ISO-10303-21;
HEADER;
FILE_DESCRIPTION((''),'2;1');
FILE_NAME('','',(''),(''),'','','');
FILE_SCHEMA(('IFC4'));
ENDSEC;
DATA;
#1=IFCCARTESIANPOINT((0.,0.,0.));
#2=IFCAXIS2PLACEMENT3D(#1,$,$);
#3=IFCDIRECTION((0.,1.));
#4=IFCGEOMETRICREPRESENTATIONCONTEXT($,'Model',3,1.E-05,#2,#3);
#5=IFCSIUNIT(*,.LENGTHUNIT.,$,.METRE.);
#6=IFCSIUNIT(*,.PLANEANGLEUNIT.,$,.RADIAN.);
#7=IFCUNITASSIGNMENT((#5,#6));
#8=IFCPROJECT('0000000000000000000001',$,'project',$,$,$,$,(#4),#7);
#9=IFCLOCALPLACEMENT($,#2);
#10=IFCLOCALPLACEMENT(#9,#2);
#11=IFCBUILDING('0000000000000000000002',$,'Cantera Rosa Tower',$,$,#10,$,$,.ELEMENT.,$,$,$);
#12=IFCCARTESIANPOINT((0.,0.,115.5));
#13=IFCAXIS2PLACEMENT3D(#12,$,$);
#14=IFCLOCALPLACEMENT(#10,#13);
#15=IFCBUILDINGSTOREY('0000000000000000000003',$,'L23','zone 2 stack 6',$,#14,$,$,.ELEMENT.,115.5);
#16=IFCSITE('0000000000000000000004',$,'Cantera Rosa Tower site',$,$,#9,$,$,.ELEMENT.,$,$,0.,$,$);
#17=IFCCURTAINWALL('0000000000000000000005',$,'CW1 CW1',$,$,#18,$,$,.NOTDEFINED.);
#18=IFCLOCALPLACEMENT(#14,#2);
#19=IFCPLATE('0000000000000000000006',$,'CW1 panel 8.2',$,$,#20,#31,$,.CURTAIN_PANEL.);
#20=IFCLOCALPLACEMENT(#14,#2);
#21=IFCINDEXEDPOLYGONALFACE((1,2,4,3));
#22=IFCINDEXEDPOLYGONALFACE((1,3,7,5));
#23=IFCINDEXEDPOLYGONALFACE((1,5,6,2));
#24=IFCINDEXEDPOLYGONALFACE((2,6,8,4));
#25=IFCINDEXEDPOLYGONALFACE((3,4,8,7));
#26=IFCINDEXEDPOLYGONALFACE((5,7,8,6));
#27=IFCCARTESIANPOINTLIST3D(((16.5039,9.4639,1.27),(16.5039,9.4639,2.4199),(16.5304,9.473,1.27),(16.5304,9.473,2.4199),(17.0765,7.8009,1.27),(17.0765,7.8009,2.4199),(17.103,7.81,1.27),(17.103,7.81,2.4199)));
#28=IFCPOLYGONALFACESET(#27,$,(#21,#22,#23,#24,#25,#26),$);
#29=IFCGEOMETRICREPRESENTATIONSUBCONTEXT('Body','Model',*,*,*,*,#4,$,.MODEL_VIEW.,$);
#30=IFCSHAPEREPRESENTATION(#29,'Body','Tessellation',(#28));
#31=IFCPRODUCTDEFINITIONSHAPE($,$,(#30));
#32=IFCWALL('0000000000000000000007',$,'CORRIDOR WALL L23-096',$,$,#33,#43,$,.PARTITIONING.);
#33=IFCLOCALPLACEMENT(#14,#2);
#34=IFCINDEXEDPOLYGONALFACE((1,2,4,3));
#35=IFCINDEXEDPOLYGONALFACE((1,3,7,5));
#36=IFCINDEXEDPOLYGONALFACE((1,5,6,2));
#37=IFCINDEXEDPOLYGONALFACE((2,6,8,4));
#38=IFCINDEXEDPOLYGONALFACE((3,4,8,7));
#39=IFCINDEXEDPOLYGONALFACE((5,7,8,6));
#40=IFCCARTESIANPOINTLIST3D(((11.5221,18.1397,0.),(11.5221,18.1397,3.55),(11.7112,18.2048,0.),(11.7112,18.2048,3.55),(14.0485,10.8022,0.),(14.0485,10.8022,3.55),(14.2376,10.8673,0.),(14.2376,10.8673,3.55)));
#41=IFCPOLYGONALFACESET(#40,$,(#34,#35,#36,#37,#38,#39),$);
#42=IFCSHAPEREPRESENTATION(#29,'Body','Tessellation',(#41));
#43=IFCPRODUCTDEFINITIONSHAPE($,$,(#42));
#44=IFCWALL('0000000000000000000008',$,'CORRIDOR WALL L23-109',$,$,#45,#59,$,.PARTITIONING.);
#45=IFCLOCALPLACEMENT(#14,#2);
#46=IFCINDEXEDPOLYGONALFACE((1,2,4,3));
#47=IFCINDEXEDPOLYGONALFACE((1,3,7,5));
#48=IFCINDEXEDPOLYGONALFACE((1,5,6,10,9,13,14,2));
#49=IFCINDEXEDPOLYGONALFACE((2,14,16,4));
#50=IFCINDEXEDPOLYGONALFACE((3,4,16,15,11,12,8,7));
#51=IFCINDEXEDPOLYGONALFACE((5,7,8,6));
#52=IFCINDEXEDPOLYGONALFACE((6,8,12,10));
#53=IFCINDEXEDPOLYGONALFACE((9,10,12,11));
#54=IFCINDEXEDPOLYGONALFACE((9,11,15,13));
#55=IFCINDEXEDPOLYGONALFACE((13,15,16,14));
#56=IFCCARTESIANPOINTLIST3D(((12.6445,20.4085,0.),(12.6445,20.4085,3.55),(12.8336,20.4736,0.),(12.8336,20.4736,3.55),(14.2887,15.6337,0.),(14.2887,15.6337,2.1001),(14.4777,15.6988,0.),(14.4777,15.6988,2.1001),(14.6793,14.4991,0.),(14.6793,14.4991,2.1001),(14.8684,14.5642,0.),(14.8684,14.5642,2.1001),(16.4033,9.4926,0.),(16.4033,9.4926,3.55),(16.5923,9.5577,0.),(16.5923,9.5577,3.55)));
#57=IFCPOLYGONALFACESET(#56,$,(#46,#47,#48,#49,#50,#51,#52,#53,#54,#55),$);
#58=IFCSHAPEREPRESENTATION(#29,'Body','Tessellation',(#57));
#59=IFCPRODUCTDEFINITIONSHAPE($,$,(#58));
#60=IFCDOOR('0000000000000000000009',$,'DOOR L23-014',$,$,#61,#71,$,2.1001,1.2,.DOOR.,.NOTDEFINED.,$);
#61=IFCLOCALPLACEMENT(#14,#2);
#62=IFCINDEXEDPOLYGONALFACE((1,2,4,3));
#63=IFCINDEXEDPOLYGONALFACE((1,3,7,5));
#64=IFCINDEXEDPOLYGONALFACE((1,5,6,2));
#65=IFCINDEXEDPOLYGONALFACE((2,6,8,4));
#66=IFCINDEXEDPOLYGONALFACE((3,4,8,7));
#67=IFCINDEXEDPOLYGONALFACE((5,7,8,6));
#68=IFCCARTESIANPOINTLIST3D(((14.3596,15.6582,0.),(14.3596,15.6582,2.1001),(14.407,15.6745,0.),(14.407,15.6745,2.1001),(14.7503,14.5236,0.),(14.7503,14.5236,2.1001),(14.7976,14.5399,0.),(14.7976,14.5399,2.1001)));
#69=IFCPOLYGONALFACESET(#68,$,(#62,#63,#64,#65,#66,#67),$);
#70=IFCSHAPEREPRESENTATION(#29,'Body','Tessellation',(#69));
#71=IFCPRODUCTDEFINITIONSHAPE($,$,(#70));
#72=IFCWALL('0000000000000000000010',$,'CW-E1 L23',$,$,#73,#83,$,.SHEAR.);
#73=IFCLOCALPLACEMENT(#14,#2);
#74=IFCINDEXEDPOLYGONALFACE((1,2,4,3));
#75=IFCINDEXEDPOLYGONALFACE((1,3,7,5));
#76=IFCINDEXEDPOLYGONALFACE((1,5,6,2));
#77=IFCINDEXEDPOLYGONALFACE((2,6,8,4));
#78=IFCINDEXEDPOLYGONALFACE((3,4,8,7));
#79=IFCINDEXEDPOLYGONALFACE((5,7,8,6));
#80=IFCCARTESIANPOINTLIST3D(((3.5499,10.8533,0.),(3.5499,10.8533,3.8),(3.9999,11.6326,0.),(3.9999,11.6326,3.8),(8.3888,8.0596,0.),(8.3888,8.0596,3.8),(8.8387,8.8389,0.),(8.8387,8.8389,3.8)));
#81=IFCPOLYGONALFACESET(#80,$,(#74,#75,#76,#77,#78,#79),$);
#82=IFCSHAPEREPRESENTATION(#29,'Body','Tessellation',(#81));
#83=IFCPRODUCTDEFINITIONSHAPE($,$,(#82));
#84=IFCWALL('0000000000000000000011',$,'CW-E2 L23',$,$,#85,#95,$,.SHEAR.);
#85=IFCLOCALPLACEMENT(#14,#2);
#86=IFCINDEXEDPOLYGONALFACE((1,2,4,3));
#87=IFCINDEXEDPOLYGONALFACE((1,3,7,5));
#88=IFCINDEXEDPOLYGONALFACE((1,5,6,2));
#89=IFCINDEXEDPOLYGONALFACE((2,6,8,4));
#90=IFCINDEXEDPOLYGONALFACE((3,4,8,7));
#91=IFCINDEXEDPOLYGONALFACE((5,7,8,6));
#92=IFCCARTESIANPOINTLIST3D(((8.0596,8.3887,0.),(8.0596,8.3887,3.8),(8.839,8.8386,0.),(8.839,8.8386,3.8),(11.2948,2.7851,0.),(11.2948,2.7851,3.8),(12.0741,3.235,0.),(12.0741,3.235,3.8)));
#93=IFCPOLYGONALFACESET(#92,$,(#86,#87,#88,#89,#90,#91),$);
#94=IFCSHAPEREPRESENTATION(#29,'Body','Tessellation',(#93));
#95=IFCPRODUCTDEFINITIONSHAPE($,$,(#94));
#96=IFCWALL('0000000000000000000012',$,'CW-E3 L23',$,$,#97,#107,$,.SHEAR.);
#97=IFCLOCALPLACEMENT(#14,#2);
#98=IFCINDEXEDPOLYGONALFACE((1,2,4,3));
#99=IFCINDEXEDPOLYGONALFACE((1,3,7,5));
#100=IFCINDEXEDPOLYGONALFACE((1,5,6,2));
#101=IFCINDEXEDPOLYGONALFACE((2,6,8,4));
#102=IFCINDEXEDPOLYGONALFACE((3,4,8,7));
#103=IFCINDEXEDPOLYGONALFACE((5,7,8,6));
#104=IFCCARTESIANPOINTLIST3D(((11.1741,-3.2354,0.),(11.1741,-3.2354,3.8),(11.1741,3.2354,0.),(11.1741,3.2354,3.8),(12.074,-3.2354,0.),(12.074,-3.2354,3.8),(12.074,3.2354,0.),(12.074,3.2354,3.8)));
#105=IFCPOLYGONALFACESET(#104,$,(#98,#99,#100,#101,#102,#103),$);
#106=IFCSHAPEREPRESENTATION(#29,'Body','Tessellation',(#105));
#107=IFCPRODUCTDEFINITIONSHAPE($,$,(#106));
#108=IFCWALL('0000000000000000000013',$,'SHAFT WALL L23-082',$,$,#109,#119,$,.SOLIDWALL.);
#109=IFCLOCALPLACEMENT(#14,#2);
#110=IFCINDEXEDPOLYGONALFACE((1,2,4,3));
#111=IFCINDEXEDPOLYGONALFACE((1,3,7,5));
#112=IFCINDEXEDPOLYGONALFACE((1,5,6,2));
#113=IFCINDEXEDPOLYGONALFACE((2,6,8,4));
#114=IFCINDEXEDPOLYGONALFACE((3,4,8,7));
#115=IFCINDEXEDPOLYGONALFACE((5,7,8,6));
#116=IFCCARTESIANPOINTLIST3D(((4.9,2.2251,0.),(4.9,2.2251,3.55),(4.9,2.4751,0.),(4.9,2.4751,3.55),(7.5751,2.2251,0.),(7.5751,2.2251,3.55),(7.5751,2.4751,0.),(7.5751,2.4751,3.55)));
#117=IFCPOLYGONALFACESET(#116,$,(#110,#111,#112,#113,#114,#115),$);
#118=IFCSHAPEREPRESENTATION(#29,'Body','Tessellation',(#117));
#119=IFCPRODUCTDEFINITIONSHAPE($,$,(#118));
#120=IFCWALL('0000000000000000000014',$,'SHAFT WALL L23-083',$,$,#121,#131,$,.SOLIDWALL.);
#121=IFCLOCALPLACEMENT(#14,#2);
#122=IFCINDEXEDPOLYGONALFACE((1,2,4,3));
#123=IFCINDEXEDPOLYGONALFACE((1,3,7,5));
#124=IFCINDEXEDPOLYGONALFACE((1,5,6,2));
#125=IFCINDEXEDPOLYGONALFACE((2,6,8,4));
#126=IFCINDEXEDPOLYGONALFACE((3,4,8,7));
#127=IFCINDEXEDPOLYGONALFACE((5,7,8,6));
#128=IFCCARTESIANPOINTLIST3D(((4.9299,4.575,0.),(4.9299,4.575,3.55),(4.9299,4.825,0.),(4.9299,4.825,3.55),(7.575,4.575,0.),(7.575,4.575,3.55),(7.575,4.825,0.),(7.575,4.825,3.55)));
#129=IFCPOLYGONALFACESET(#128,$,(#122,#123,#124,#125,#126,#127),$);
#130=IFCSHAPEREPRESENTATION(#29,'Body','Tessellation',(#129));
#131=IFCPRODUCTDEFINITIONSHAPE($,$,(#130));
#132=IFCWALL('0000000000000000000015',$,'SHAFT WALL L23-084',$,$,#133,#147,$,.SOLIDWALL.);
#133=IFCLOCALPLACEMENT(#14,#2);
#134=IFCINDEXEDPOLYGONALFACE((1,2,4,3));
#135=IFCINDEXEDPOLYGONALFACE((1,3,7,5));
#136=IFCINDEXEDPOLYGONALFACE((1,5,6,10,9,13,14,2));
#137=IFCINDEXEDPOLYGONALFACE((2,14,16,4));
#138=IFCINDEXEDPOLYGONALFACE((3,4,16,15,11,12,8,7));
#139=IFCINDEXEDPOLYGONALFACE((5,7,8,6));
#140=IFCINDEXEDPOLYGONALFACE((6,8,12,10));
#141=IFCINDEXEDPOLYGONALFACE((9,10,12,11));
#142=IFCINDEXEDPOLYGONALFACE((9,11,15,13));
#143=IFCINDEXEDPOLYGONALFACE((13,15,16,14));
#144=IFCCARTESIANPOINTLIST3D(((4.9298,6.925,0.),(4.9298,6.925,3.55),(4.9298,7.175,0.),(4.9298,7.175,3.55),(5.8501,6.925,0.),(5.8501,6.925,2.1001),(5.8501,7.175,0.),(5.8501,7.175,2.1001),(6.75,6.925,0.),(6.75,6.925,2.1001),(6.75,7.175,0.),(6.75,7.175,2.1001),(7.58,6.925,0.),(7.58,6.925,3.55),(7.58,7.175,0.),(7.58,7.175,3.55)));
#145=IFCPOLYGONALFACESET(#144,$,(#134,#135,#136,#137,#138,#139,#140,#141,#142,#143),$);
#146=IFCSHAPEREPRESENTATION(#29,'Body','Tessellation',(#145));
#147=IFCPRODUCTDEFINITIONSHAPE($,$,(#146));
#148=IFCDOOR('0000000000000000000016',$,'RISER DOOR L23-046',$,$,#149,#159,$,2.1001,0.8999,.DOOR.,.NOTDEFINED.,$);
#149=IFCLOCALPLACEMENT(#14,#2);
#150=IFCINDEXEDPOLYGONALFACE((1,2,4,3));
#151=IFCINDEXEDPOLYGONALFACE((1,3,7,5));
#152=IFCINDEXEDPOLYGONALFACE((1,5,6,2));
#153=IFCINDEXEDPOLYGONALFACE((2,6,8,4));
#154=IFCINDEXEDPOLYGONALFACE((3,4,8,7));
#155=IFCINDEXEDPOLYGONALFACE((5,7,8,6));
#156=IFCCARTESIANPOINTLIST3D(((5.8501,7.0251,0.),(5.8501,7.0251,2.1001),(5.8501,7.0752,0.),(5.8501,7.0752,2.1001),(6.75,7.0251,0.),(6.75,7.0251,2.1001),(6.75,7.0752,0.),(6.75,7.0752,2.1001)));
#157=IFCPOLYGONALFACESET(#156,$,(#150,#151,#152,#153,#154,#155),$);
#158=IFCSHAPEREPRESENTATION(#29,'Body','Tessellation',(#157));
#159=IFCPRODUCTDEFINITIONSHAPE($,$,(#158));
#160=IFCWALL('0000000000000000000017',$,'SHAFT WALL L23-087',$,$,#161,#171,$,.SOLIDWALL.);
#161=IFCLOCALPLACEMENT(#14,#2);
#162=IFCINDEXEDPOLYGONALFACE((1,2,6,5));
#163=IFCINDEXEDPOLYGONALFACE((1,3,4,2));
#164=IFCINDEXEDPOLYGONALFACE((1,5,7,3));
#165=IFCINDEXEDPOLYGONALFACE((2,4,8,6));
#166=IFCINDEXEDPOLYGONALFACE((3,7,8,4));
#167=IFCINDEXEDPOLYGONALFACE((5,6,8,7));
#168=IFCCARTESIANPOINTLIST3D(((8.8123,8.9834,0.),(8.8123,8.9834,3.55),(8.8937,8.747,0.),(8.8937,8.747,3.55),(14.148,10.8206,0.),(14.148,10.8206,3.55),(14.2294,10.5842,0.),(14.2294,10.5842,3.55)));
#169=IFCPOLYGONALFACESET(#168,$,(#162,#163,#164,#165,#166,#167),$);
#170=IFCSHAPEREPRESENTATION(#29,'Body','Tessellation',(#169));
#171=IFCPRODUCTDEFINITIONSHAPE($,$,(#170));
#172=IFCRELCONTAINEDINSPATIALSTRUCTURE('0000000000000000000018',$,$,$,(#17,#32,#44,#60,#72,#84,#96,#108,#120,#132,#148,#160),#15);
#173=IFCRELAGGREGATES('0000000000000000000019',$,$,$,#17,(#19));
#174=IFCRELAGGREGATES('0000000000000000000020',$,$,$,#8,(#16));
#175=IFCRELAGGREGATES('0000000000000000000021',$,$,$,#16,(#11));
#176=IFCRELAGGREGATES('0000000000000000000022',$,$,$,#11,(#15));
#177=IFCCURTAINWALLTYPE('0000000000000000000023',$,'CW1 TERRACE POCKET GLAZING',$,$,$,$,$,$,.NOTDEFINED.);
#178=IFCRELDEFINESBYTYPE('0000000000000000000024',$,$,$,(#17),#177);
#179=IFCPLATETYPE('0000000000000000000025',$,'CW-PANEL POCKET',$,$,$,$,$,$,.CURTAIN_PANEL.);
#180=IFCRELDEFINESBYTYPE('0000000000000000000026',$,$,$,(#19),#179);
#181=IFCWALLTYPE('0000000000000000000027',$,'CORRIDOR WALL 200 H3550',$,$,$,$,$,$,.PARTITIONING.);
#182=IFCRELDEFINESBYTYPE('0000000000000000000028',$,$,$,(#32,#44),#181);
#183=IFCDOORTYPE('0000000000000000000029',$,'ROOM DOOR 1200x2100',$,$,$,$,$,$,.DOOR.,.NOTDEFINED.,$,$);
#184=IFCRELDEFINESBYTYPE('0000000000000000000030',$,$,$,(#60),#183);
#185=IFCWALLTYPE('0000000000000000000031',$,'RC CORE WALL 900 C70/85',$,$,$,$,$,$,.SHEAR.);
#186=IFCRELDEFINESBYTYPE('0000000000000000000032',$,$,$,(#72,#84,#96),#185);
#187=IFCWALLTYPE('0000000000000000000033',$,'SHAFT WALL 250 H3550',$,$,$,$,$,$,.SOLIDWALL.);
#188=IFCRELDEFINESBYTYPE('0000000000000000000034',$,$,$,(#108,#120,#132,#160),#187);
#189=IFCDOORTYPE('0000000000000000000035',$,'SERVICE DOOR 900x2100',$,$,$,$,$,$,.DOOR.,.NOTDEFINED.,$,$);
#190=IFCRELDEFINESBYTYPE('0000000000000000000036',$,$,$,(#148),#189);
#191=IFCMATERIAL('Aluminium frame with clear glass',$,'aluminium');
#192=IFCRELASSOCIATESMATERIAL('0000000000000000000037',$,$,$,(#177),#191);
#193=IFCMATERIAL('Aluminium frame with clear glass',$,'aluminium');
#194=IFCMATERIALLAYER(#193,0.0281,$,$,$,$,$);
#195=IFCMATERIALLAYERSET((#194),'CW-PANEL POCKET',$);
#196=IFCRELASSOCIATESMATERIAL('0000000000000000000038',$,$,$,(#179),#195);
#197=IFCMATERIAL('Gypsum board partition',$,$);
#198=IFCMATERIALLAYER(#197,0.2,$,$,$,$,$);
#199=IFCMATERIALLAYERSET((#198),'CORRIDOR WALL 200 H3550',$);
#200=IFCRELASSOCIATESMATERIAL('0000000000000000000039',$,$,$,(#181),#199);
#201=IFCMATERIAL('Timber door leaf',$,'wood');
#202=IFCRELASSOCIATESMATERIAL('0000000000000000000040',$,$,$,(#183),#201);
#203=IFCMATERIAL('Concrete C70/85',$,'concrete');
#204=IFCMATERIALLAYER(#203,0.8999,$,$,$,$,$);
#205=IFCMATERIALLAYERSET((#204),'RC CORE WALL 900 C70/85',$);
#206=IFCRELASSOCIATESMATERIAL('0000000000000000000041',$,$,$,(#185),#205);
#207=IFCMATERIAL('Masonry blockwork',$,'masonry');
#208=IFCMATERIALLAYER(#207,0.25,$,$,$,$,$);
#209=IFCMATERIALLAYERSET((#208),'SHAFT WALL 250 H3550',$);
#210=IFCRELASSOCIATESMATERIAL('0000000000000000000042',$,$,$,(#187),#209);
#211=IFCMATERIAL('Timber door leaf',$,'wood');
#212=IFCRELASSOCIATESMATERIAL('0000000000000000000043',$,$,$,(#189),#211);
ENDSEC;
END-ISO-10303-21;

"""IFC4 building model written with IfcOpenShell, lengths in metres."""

from ifc_helpers import new_model, si_unit, direction, frame, frame_2d, origin, origin_2d, place, context, subcontext, project, spatial, rectangle, extrude, material, layer, layer_set, type_object, element, fill, aggregate, save


model = new_model("IFC4")

# Units and contexts
model_context = context("Model", 3, precision=1e-05, world=origin(), true_north=direction((0.0, 1.0)))
body_context = subcontext(model_context, "Body", "Model", "MODEL_VIEW")
ifc_project = project(units=[si_unit("LENGTHUNIT", "METRE"), si_unit("PLANEANGLEUNIT", "RADIAN")], contexts=[model_context])

# Site, building, storey
site_placement = place(None, origin())
site = spatial("IfcSite", under=ifc_project, at=site_placement, Name="Cantera Rosa Tower site", CompositionType="ELEMENT", RefElevation=0.0)
building_placement = place(site_placement, origin())
building = spatial("IfcBuilding", under=site, at=building_placement, Name="Cantera Rosa Tower", CompositionType="ELEMENT")
storey_placement = place(building_placement, frame((0.0, 0.0, 115.5)))
storey = spatial("IfcBuildingStorey", under=building, at=storey_placement, Name="L23", Description="zone 2 stack 6", CompositionType="ELEMENT", Elevation=115.5)

# Curtain wall
ifc_material_1 = material(Name="Aluminium frame with clear glass", Category="aluminium")
curtain_wall_type = type_object("IfcCurtainWallType", Name="CW1 TERRACE POCKET GLAZING", PredefinedType="NOTDEFINED", material=ifc_material_1)
curtain_wall_placement = place(storey_placement, origin())
curtain_wall = element("IfcCurtainWall", 1, at=curtain_wall_placement, inside=storey, type_object=curtain_wall_type, Name="CW1 CW1", PredefinedType="NOTDEFINED")

# Plate
ifc_material_2 = material(Name="Aluminium frame with clear glass", Category="aluminium")
ifc_layer_1 = layer(ifc_material_2, 0.0281)
ifc_layer_set_1 = layer_set([ifc_layer_1], Name="CW-PANEL POCKET")
plate_type = type_object("IfcPlateType", Name="CW-PANEL POCKET", PredefinedType="CURTAIN_PANEL", material=ifc_layer_set_1)
plate_1_placement = place(storey_placement, frame((16.8035, 8.637, 1.27), z_axis=(0.0, 0.0, 1.0), x_axis=(-0.325568, 0.945519, 0.0)))
plate_1 = element("IfcPlate", 2, at=plate_1_placement, type_object=plate_type, Name="CW1 panel 8.2", PredefinedType="CURTAIN_PANEL", context=body_context, shape_type="SweptSolid", body=[
    extrude(rectangle(XDim=1.7588, YDim=0.0281, at=origin_2d()), origin(), (0.0, 0.0, 1.0), 1.1499),
])
aggregate(curtain_wall, [plate_1])

# Wall
ifc_material_3 = material(Name="Gypsum board partition")
ifc_layer_2 = layer(ifc_material_3, 0.2)
ifc_layer_set_2 = layer_set([ifc_layer_2], Name="CORRIDOR WALL 200 H3550")
wall_type_1 = type_object("IfcWallType", Name="CORRIDOR WALL 200 H3550", PredefinedType="PARTITIONING", material=ifc_layer_set_2)
wall_1_placement = place(storey_placement, frame((14.1431, 10.8347, 0.0), z_axis=(0.0, 0.0, 1.0), x_axis=(-0.325556, 0.945523, 0.0)))
element("IfcWall", 3, at=wall_1_placement, inside=storey, type_object=wall_type_1, Name="CORRIDOR WALL L23-096", PredefinedType="PARTITIONING", context=body_context, shape_type="SweptSolid", body=[
    extrude(rectangle(XDim=7.7603, YDim=0.2, at=frame_2d((3.8801, 0.0))), origin(), (0.0, 0.0, 1.0), 3.55),
])

# Wall, opening, door
wall_2_placement = place(storey_placement, frame((16.4978, 9.5251, 0.0), z_axis=(0.0, 0.0, 1.0), x_axis=(-0.325576, 0.945516, 0.0)))
wall_2 = element("IfcWall", 4, at=wall_2_placement, inside=storey, type_object=wall_type_1, Name="CORRIDOR WALL L23-109", PredefinedType="PARTITIONING", context=body_context, shape_type="SweptSolid", body=[
    extrude(rectangle(XDim=11.5449, YDim=0.2, at=frame_2d((5.7725, 0.0))), origin(), (0.0, 0.0, 1.0), 3.55),
])
opening_1_placement = place(wall_2_placement, frame((5.2949, 0.0, 0.0)))
opening_1 = element("IfcOpeningElement", 5, at=opening_1_placement, cuts=wall_2, PredefinedType="OPENING", context=body_context, shape_type="SweptSolid", body=[
    extrude(rectangle(XDim=1.2, YDim=2.1001, at=frame_2d((0.6001, 1.05))), frame((0.0, 0.1099, 0.0), z_axis=(0.0, -1.0, 0.0), x_axis=(1.0, 0.0, 0.0)), (0.0, 0.0, 1.0), 0.22),
])
ifc_material_4 = material(Name="Timber door leaf", Category="wood")
door_type_1 = type_object("IfcDoorType", Name="ROOM DOOR 1200x2100", OperationType="NOTDEFINED", PredefinedType="DOOR", material=ifc_material_4)
door_1_placement = place(opening_1_placement, origin())
door_1 = element("IfcDoor", 6, at=door_1_placement, inside=storey, type_object=door_type_1, Name="DOOR L23-014", OperationType="NOTDEFINED", OverallHeight=2.1001, OverallWidth=1.2, PredefinedType="DOOR", context=body_context, shape_type="SweptSolid", body=[
    extrude(rectangle(XDim=1.2, YDim=2.1001, at=frame_2d((0.6001, 1.05))), frame((0.0, 0.0249, 0.0), z_axis=(0.0, -1.0, 0.0), x_axis=(1.0, 0.0, 0.0)), (0.0, 0.0, 1.0), 0.05),
])
fill(opening_1, door_1)

# Walls
ifc_material_5 = material(Name="Concrete C70/85", Category="concrete")
ifc_layer_3 = layer(ifc_material_5, 0.8999)
ifc_layer_set_3 = layer_set([ifc_layer_3], Name="RC CORE WALL 900 C70/85")
wall_type_2 = type_object("IfcWallType", Name="RC CORE WALL 900 C70/85", PredefinedType="SHEAR", material=ifc_layer_set_3)
wall_3_placement = place(storey_placement, frame((3.7749, 11.2429, 0.0), z_axis=(0.0, 0.0, 1.0), x_axis=(0.866027, -0.499997, 0.0)))
element("IfcWall", 7, at=wall_3_placement, inside=storey, type_object=wall_type_2, Name="CW-E1 L23", PredefinedType="SHEAR", context=body_context, shape_type="SweptSolid", body=[
    extrude(rectangle(XDim=5.5874, YDim=0.8999, at=frame_2d((2.7937, 0.0))), origin(), (0.0, 0.0, 1.0), 3.8),
])
wall_4_placement = place(storey_placement, frame((8.4492, 8.6138, 0.0), z_axis=(0.0, 0.0, 1.0), x_axis=(0.49999, -0.866031, 0.0)))
element("IfcWall", 8, at=wall_4_placement, inside=storey, type_object=wall_type_2, Name="CW-E2 L23", PredefinedType="SHEAR", context=body_context, shape_type="SweptSolid", body=[
    extrude(rectangle(XDim=6.4705, YDim=0.8999, at=frame_2d((3.2354, 0.0))), origin(), (0.0, 0.0, 1.0), 3.8),
])
wall_5_placement = place(storey_placement, frame((11.624, 3.2354, 0.0), z_axis=(0.0, 0.0, 1.0), x_axis=(0.0, -1.0, 0.0)))
element("IfcWall", 9, at=wall_5_placement, inside=storey, type_object=wall_type_2, Name="CW-E3 L23", PredefinedType="SHEAR", context=body_context, shape_type="SweptSolid", body=[
    extrude(rectangle(XDim=6.4707, YDim=0.8999, at=frame_2d((3.2354, 0.0))), origin(), (0.0, 0.0, 1.0), 3.8),
])
ifc_material_6 = material(Name="Masonry blockwork", Category="masonry")
ifc_layer_4 = layer(ifc_material_6, 0.25)
ifc_layer_set_4 = layer_set([ifc_layer_4], Name="SHAFT WALL 250 H3550")
wall_type_3 = type_object("IfcWallType", Name="SHAFT WALL 250 H3550", PredefinedType="SOLIDWALL", material=ifc_layer_set_4)
wall_6_placement = place(storey_placement, frame((7.575, 2.3501, 0.0), z_axis=(0.0, 0.0, 1.0), x_axis=(-1.0, 0.0, 0.0)))
element("IfcWall", 10, at=wall_6_placement, inside=storey, type_object=wall_type_3, Name="SHAFT WALL L23-082", PredefinedType="SOLIDWALL", context=body_context, shape_type="SweptSolid", body=[
    extrude(rectangle(XDim=2.675, YDim=0.25, at=frame_2d((1.3374, 0.0))), origin(), (0.0, 0.0, 1.0), 3.55),
])
wall_7_placement = place(storey_placement, frame((7.575, 4.7, 0.0), z_axis=(0.0, 0.0, 1.0), x_axis=(-1.0, 0.0, 0.0)))
element("IfcWall", 11, at=wall_7_placement, inside=storey, type_object=wall_type_3, Name="SHAFT WALL L23-083", PredefinedType="SOLIDWALL", context=body_context, shape_type="SweptSolid", body=[
    extrude(rectangle(XDim=2.645, YDim=0.25, at=frame_2d((1.3225, 0.0))), origin(), (0.0, 0.0, 1.0), 3.55),
])

# Wall, opening, door
wall_8_placement = place(storey_placement, frame((7.5801, 7.05, 0.0), z_axis=(0.0, 0.0, 1.0), x_axis=(-1.0, 0.0, 0.0)))
wall_8 = element("IfcWall", 12, at=wall_8_placement, inside=storey, type_object=wall_type_3, Name="SHAFT WALL L23-084", PredefinedType="SOLIDWALL", context=body_context, shape_type="SweptSolid", body=[
    extrude(rectangle(XDim=2.6501, YDim=0.25, at=frame_2d((1.3252, 0.0))), origin(), (0.0, 0.0, 1.0), 3.55),
])
opening_2_placement = place(wall_8_placement, frame((0.8301, 0.0, 0.0)))
opening_2 = element("IfcOpeningElement", 13, at=opening_2_placement, cuts=wall_8, PredefinedType="OPENING", context=body_context, shape_type="SweptSolid", body=[
    extrude(rectangle(XDim=0.8999, YDim=2.1001, at=frame_2d((0.45, 1.05))), frame((0.0, 0.135, 0.0), z_axis=(0.0, -1.0, 0.0), x_axis=(1.0, 0.0, 0.0)), (0.0, 0.0, 1.0), 0.27),
])
ifc_material_7 = material(Name="Timber door leaf", Category="wood")
door_type_2 = type_object("IfcDoorType", Name="SERVICE DOOR 900x2100", OperationType="NOTDEFINED", PredefinedType="DOOR", material=ifc_material_7)
door_2_placement = place(opening_2_placement, origin())
door_2 = element("IfcDoor", 14, at=door_2_placement, inside=storey, type_object=door_type_2, Name="RISER DOOR L23-046", OperationType="NOTDEFINED", OverallHeight=2.1001, OverallWidth=0.8999, PredefinedType="DOOR", context=body_context, shape_type="SweptSolid", body=[
    extrude(rectangle(XDim=0.8999, YDim=2.1001, at=frame_2d((0.45, 1.05))), frame((0.0, 0.0249, 0.0), z_axis=(0.0, -1.0, 0.0), x_axis=(1.0, 0.0, 0.0)), (0.0, 0.0, 1.0), 0.05),
])
fill(opening_2, door_2)

# Wall
wall_9_placement = place(storey_placement, frame((8.853, 8.8652, 0.0), z_axis=(0.0, 0.0, 1.0), x_axis=(0.945522, 0.325557, 0.0)))
element("IfcWall", 15, at=wall_9_placement, inside=storey, type_object=wall_type_3, Name="SHAFT WALL L23-087", PredefinedType="SOLIDWALL", context=body_context, shape_type="SweptSolid", body=[
    extrude(rectangle(XDim=5.6431, YDim=0.25, at=frame_2d((2.8215, 0.0))), origin(), (0.0, 0.0, 1.0), 3.55),
])

save(model, "model.ifc")
